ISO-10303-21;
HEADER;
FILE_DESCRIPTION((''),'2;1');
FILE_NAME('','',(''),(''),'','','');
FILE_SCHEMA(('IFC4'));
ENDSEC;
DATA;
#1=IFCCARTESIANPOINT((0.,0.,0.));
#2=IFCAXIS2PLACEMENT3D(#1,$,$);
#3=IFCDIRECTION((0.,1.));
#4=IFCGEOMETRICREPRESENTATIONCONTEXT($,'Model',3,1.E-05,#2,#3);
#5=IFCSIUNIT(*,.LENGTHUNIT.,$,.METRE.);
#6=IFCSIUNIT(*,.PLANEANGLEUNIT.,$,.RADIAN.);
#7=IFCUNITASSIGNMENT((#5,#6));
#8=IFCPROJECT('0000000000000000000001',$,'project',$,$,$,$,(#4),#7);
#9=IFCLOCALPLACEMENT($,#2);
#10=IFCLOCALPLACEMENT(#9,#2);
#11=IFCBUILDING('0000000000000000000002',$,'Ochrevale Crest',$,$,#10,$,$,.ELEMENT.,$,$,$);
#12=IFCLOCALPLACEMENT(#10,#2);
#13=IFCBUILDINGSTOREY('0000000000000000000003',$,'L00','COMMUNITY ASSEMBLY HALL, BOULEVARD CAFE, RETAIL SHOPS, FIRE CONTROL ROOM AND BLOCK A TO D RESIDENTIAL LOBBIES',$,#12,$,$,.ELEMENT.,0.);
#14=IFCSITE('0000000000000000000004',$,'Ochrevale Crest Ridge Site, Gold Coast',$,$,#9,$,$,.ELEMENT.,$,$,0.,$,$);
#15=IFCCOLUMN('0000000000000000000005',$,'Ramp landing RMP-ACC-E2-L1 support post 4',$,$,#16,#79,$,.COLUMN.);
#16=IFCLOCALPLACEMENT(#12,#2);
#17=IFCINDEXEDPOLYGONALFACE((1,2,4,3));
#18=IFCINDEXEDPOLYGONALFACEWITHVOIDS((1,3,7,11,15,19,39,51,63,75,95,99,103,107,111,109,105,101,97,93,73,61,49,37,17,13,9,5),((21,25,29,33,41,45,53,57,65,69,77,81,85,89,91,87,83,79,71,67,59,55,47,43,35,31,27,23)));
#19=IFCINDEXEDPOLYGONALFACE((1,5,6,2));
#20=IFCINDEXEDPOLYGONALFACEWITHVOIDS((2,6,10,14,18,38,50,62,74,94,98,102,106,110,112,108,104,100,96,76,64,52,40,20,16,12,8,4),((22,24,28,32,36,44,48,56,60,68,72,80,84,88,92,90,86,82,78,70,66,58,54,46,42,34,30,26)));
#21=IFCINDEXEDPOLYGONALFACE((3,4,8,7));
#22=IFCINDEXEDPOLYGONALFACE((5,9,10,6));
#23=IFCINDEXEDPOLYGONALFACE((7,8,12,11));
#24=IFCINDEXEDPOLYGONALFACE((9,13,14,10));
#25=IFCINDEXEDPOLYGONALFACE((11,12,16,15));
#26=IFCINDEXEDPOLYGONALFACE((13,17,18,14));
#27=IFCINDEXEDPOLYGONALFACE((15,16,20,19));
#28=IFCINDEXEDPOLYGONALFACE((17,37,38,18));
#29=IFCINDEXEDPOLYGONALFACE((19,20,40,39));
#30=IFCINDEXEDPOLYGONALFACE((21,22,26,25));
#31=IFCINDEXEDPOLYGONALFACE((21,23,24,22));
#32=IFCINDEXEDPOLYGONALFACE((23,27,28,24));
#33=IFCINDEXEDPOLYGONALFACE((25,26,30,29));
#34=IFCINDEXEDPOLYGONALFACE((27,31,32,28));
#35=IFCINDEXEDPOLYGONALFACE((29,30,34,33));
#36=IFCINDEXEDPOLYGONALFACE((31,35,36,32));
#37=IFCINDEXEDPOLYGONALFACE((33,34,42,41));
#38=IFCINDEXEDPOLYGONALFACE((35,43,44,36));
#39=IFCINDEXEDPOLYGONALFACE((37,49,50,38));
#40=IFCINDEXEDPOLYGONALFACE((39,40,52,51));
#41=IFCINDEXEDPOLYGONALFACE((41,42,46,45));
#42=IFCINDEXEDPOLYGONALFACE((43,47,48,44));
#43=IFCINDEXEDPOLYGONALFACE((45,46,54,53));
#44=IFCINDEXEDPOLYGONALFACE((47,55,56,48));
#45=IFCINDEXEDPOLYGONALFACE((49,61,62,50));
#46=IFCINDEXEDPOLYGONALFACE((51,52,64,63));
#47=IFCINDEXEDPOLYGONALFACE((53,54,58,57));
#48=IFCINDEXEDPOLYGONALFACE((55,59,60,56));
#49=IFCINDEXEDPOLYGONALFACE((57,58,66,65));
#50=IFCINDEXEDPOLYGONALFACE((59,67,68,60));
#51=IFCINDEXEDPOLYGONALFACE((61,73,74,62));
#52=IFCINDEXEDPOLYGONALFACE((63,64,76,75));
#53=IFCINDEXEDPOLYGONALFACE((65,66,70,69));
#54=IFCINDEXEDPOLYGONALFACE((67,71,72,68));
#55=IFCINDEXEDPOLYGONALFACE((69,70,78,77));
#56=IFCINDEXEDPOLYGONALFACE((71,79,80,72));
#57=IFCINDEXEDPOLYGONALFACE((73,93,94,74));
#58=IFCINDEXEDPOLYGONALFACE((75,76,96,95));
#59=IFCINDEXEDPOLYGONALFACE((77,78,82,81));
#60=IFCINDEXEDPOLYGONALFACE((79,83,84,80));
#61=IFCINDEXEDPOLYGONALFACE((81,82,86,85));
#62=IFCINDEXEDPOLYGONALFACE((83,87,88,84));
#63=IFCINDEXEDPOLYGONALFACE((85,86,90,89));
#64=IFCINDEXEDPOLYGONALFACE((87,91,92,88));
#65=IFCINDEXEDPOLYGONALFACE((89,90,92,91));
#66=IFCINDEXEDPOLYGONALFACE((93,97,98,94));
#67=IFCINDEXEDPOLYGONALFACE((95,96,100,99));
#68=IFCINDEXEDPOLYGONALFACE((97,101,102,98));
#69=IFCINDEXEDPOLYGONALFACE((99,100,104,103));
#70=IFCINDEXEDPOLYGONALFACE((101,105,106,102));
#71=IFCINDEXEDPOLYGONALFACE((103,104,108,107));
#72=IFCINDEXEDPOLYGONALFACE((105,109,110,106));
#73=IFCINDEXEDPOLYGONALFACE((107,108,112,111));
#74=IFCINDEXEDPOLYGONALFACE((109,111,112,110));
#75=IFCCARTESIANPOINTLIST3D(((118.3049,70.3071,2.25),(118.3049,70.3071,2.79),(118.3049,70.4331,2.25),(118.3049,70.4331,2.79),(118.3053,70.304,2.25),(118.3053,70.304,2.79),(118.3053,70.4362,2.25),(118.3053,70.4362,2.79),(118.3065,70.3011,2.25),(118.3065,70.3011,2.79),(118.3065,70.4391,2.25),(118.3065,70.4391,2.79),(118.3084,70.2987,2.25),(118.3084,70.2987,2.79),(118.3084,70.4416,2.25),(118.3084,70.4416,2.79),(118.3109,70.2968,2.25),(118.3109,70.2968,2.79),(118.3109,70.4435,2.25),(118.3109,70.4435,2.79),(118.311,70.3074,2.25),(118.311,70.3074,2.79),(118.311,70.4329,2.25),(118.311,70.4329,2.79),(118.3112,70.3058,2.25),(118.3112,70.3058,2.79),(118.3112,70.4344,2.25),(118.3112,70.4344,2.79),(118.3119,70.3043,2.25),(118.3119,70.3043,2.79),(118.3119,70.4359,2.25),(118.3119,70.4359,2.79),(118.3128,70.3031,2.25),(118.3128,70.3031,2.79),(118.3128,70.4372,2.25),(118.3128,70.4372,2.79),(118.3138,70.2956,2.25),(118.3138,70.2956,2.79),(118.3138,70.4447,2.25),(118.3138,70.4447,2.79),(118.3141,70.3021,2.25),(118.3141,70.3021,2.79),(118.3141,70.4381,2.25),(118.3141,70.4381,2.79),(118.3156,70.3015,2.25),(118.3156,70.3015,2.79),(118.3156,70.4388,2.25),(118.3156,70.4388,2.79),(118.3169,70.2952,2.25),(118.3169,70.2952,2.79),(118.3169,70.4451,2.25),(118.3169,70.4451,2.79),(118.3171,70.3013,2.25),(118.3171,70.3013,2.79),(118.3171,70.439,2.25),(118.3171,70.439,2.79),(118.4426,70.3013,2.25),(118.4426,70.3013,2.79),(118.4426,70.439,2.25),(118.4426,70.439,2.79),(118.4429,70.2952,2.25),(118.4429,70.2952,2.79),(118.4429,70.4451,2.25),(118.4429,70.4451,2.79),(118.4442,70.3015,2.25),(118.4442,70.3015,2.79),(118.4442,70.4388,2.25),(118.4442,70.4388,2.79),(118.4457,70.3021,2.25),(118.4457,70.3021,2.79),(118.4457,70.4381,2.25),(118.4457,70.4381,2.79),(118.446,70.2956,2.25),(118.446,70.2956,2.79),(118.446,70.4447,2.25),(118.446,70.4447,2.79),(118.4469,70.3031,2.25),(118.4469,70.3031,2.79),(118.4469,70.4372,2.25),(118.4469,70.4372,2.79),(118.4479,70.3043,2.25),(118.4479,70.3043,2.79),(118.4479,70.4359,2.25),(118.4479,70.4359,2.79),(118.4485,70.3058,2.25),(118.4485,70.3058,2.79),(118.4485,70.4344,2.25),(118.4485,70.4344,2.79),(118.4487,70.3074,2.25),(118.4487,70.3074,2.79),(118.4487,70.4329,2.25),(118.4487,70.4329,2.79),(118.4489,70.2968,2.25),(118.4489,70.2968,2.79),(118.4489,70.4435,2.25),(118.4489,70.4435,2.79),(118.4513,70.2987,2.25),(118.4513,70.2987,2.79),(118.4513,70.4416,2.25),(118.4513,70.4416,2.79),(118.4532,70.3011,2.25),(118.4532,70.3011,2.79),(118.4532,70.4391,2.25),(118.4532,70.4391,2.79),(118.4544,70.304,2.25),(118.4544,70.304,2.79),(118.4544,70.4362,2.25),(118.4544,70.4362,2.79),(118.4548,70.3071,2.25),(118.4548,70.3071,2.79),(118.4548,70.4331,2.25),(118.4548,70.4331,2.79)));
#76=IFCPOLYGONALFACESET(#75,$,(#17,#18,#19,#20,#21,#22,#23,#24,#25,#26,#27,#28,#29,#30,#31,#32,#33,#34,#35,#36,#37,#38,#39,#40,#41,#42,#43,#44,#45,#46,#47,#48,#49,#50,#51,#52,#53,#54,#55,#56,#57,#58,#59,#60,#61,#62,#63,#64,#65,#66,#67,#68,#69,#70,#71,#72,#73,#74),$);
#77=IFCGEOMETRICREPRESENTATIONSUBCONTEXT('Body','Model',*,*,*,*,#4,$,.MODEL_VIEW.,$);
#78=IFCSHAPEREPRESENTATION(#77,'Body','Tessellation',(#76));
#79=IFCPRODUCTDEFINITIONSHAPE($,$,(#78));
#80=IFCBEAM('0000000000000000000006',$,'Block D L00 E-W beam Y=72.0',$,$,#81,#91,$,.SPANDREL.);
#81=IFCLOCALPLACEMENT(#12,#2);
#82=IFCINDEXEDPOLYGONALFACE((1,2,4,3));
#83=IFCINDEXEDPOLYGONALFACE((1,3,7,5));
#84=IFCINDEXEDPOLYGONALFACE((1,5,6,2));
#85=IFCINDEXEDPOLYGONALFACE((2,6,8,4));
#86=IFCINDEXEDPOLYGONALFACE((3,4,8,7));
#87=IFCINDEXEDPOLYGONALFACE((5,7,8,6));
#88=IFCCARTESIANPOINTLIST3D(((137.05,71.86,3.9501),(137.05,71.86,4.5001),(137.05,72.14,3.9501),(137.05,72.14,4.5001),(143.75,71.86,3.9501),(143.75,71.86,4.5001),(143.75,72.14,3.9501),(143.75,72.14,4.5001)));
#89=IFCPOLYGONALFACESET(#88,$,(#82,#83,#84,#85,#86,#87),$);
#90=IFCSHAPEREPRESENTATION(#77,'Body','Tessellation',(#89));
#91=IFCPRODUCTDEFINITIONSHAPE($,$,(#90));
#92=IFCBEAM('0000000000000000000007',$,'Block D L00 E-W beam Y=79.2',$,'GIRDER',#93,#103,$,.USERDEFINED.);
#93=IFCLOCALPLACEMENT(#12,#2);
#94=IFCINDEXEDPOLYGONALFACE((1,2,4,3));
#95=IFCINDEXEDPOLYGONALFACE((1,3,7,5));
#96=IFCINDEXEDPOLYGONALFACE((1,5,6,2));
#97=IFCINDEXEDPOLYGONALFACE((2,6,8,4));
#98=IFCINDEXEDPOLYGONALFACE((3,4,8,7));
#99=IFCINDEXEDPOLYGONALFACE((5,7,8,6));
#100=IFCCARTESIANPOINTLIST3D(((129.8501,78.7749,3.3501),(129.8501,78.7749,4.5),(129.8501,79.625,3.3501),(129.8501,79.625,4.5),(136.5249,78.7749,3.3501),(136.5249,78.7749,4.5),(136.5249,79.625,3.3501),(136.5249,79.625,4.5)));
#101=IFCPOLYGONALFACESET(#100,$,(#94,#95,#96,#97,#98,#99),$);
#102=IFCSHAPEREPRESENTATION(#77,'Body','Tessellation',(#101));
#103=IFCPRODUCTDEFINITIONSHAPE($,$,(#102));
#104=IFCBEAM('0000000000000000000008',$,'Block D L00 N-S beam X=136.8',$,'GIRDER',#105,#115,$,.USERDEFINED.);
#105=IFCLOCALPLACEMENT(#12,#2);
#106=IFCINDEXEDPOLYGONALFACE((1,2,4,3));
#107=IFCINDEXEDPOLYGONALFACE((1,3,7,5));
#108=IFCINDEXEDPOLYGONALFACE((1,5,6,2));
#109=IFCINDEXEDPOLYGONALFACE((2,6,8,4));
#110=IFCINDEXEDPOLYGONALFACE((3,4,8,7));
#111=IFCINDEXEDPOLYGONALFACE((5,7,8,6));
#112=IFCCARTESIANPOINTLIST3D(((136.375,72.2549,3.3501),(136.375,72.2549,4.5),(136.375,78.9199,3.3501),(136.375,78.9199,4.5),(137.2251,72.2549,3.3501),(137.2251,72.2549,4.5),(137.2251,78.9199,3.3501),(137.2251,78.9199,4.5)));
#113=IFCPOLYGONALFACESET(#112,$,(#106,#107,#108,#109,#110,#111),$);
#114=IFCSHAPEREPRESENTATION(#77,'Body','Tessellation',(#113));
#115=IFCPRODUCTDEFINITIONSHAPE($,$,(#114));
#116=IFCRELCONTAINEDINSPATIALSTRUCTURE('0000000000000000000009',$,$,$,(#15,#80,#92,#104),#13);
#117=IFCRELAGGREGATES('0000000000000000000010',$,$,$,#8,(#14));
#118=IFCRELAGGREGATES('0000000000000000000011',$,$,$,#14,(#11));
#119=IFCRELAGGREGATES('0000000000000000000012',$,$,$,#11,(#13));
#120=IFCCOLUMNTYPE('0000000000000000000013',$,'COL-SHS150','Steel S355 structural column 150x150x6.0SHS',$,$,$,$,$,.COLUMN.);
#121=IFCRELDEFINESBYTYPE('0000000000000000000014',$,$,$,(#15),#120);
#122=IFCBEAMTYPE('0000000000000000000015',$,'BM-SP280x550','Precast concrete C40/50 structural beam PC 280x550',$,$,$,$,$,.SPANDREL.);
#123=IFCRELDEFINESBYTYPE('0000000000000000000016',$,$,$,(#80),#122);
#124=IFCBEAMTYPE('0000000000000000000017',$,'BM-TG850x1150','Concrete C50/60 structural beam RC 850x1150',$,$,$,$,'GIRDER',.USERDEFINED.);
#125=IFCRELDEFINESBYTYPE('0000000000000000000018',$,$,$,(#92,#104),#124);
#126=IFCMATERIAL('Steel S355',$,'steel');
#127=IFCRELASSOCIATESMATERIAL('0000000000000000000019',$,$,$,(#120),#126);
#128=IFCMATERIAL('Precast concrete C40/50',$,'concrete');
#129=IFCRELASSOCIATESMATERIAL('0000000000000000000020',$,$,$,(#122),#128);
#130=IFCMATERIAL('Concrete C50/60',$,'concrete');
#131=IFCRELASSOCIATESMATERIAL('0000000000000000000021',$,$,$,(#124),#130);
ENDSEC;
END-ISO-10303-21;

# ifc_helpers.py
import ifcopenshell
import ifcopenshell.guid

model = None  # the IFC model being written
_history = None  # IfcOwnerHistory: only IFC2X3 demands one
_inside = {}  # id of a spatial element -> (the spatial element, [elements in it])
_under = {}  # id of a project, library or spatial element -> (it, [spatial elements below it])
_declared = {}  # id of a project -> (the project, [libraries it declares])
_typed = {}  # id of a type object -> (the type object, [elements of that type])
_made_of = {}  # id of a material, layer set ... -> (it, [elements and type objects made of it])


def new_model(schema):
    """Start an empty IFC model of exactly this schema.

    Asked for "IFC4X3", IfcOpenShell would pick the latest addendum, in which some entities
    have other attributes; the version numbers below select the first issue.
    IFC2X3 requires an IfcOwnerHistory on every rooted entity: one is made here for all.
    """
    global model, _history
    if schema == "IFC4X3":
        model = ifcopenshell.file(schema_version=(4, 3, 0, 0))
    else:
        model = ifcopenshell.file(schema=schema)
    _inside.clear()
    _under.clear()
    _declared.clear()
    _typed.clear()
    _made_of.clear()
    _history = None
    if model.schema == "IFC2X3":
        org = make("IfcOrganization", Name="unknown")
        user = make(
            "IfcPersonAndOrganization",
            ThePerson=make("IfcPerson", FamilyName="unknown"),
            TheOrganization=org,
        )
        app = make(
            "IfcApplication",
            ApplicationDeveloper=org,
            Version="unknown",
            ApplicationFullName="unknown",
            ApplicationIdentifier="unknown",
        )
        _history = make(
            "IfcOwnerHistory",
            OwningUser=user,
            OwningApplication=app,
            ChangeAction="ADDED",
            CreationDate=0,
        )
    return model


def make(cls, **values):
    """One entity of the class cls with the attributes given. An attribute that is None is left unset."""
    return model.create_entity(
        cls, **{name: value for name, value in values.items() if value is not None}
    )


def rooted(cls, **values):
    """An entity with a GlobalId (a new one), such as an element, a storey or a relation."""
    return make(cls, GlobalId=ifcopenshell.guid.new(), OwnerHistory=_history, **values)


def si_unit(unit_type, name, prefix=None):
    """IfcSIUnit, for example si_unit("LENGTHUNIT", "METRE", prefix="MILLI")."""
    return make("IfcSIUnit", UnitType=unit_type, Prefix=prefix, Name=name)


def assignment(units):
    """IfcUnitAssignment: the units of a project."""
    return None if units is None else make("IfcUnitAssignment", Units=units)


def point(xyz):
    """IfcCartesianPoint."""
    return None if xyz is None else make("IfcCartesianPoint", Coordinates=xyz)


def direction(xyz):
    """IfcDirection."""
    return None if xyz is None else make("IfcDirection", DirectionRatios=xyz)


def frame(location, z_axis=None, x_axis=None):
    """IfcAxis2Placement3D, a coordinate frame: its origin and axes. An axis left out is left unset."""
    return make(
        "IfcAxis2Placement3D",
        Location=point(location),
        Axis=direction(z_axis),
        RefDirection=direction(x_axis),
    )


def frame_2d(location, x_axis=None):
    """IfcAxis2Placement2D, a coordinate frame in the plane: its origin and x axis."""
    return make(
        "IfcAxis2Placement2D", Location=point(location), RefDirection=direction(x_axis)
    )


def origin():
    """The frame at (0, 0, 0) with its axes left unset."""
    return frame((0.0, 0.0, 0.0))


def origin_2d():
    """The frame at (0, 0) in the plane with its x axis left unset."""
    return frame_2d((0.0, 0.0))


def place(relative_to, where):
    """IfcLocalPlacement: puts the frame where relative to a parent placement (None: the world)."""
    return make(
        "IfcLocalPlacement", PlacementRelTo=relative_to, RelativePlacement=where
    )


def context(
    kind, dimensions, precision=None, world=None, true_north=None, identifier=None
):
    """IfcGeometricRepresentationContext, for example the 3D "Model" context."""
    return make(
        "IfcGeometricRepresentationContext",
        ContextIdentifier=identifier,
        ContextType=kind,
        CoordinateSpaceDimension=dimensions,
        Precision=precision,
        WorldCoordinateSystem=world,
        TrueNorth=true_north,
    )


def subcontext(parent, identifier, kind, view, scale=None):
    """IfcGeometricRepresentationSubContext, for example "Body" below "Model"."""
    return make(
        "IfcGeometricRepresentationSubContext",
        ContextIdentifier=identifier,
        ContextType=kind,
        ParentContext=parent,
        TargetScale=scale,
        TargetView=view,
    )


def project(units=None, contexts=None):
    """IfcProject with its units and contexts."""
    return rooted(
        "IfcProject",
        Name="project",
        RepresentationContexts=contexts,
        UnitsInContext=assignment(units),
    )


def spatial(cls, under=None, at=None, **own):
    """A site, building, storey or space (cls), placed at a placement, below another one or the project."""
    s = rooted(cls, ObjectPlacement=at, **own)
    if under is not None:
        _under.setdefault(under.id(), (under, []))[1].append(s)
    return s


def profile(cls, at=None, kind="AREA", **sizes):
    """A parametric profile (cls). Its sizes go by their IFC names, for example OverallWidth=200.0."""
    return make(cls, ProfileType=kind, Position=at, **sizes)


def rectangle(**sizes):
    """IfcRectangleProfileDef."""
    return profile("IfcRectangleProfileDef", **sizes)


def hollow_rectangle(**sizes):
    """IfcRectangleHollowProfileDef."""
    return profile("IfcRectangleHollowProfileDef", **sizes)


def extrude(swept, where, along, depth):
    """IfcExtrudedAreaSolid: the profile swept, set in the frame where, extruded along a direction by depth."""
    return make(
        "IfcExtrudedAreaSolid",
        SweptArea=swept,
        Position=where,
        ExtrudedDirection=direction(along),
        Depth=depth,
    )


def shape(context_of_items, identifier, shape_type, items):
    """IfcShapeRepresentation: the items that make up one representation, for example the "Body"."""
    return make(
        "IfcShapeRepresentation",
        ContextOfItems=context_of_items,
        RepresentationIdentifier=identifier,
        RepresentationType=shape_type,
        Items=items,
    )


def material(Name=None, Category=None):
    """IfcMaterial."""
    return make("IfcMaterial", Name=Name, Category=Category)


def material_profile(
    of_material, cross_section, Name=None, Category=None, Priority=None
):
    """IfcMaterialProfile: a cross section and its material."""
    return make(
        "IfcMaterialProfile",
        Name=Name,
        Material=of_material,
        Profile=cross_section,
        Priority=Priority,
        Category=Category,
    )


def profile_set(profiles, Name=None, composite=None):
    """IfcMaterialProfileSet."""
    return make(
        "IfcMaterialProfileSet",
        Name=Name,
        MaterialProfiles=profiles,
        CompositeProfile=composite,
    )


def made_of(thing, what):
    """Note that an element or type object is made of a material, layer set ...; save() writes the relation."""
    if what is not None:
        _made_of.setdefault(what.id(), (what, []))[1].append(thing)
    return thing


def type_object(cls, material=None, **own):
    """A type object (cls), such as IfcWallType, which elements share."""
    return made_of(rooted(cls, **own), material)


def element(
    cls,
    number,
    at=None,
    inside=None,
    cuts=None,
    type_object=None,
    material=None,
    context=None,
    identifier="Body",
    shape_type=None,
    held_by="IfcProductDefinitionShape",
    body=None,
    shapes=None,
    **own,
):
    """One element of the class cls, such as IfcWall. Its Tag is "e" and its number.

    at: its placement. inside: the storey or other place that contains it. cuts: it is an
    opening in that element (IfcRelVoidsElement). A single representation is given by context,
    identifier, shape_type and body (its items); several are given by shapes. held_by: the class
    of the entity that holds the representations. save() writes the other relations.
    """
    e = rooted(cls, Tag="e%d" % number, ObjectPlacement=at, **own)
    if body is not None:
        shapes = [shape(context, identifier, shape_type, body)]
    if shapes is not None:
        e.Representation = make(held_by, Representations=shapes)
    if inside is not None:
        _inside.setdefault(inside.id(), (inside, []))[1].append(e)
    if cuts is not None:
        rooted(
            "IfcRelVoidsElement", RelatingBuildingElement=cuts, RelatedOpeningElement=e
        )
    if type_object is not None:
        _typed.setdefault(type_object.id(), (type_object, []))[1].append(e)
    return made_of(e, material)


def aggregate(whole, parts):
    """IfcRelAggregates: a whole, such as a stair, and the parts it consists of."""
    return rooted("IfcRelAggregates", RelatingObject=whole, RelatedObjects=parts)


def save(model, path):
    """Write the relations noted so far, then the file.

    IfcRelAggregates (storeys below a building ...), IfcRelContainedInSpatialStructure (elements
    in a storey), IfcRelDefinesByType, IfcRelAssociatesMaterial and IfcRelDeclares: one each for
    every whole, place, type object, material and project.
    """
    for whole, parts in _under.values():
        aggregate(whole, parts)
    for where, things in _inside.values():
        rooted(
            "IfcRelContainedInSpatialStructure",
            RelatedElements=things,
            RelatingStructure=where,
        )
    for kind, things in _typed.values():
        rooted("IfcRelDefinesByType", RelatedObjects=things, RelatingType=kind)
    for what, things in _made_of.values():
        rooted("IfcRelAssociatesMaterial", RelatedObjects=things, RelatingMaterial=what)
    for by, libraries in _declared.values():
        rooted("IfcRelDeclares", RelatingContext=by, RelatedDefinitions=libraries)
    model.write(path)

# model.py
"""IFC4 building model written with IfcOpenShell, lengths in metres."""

from ifc_helpers import new_model, si_unit, direction, frame, origin, origin_2d, place, context, subcontext, project, spatial, rectangle, hollow_rectangle, extrude, material, material_profile, profile_set, type_object, element, save


model = new_model("IFC4")

# Units and contexts
model_context = context("Model", 3, precision=1e-05, world=origin(), true_north=direction((0.0, 1.0)))
body_context = subcontext(model_context, "Body", "Model", "MODEL_VIEW")
ifc_project = project(units=[si_unit("LENGTHUNIT", "METRE"), si_unit("PLANEANGLEUNIT", "RADIAN")], contexts=[model_context])

# Site, building, storey
site_placement = place(None, origin())
site = spatial("IfcSite", under=ifc_project, at=site_placement, Name="Ochrevale Crest Ridge Site, Gold Coast", CompositionType="ELEMENT", RefElevation=0.0)
building_placement = place(site_placement, origin())
building = spatial("IfcBuilding", under=site, at=building_placement, Name="Ochrevale Crest", CompositionType="ELEMENT")
storey_placement = place(building_placement, origin())
storey = spatial("IfcBuildingStorey", under=building, at=storey_placement, Name="L00", Description="COMMUNITY ASSEMBLY HALL, BOULEVARD CAFE, RETAIL SHOPS, FIRE CONTROL ROOM AND BLOCK A TO D RESIDENTIAL LOBBIES", CompositionType="ELEMENT", Elevation=0.0)

# Column
ifc_material_1 = material(Name="Precast concrete C40/50", Category="concrete")
ifc_material_2 = material(Name="Concrete C50/60", Category="concrete")
ifc_material_3 = material(Name="Steel S355", Category="steel")
ifc_material_profile_1 = material_profile(ifc_material_3, hollow_rectangle(XDim=0.1499, YDim=0.1499, WallThickness=0.0061, InnerFilletRadius=0.0061, OuterFilletRadius=0.012, at=origin_2d()), Name="150x150x6.0SHS")
ifc_profile_set_1 = profile_set([ifc_material_profile_1], Name="Steel S355")
column_type_1 = type_object("IfcColumnType", Name="COL-SHS150", Description="Steel S355 structural column 150x150x6.0SHS", PredefinedType="COLUMN", material=ifc_profile_set_1)
for number, where, z_axis, x_axis, name in (
    (1, (118.3799, 70.3701, 2.25), (0.0, 0.0, 1.0), (1.0, 0.0, 0.0), "Ramp landing RMP-ACC-E2-L1 support post 4"),
):
    element("IfcColumn", number, at=place(storey_placement, frame(where, z_axis=z_axis, x_axis=x_axis)), inside=storey, type_object=column_type_1, Name=name, PredefinedType="COLUMN", context=body_context, shape_type="SweptSolid", body=[
        extrude(hollow_rectangle(XDim=0.1499, YDim=0.1499, WallThickness=0.0061, InnerFilletRadius=0.0061, OuterFilletRadius=0.012, at=origin_2d()), origin(), (0.0, 0.0, 1.0), 0.54),
    ])

# Beams
ifc_material_profile_2 = material_profile(ifc_material_1, rectangle(XDim=0.28, YDim=0.55, at=origin_2d()), Name="PC 280x550")
ifc_profile_set_2 = profile_set([ifc_material_profile_2], Name="Precast concrete C40/50")
beam_type_1 = type_object("IfcBeamType", Name="BM-SP280x550", Description="Precast concrete C40/50 structural beam PC 280x550", PredefinedType="SPANDREL", material=ifc_profile_set_2)
beam_1_placement = place(storey_placement, frame((137.05, 72.0, 4.2251), z_axis=(1.0, 0.0, 0.0), x_axis=(0.0, 1.0, 0.0)))
element("IfcBeam", 2, at=beam_1_placement, inside=storey, type_object=beam_type_1, Name="Block D L00 E-W beam Y=72.0", PredefinedType="SPANDREL", context=body_context, shape_type="SweptSolid", body=[
    extrude(rectangle(XDim=0.28, YDim=0.55, at=origin_2d()), origin(), (0.0, 0.0, 1.0), 6.7),
])
ifc_material_profile_3 = material_profile(ifc_material_2, rectangle(XDim=0.8501, YDim=1.1499, at=origin_2d()), Name="RC 850x1150")
ifc_profile_set_3 = profile_set([ifc_material_profile_3], Name="Concrete C50/60")
beam_type_2 = type_object("IfcBeamType", Name="BM-TG850x1150", Description="Concrete C50/60 structural beam RC 850x1150", ElementType="GIRDER", PredefinedType="USERDEFINED", material=ifc_profile_set_3)
beam_2_placement = place(storey_placement, frame((129.8501, 79.2, 3.925), z_axis=(1.0, 0.0, 0.0), x_axis=(0.0, 1.0, 0.0)))
element("IfcBeam", 3, at=beam_2_placement, inside=storey, type_object=beam_type_2, Name="Block D L00 E-W beam Y=79.2", ObjectType="GIRDER", PredefinedType="USERDEFINED", context=body_context, shape_type="SweptSolid", body=[
    extrude(rectangle(XDim=0.8501, YDim=1.1499, at=origin_2d()), origin(), (0.0, 0.0, 1.0), 6.6748),
])
beam_3_placement = place(storey_placement, frame((136.8, 72.2549, 3.925), z_axis=(0.0, 1.0, 0.0), x_axis=(-1.0, 0.0, 0.0)))
element("IfcBeam", 4, at=beam_3_placement, inside=storey, type_object=beam_type_2, Name="Block D L00 N-S beam X=136.8", ObjectType="GIRDER", PredefinedType="USERDEFINED", context=body_context, shape_type="SweptSolid", body=[
    extrude(rectangle(XDim=0.8501, YDim=1.1499, at=origin_2d()), origin(), (0.0, 0.0, 1.0), 6.665),
])

save(model, "model.ifc")
